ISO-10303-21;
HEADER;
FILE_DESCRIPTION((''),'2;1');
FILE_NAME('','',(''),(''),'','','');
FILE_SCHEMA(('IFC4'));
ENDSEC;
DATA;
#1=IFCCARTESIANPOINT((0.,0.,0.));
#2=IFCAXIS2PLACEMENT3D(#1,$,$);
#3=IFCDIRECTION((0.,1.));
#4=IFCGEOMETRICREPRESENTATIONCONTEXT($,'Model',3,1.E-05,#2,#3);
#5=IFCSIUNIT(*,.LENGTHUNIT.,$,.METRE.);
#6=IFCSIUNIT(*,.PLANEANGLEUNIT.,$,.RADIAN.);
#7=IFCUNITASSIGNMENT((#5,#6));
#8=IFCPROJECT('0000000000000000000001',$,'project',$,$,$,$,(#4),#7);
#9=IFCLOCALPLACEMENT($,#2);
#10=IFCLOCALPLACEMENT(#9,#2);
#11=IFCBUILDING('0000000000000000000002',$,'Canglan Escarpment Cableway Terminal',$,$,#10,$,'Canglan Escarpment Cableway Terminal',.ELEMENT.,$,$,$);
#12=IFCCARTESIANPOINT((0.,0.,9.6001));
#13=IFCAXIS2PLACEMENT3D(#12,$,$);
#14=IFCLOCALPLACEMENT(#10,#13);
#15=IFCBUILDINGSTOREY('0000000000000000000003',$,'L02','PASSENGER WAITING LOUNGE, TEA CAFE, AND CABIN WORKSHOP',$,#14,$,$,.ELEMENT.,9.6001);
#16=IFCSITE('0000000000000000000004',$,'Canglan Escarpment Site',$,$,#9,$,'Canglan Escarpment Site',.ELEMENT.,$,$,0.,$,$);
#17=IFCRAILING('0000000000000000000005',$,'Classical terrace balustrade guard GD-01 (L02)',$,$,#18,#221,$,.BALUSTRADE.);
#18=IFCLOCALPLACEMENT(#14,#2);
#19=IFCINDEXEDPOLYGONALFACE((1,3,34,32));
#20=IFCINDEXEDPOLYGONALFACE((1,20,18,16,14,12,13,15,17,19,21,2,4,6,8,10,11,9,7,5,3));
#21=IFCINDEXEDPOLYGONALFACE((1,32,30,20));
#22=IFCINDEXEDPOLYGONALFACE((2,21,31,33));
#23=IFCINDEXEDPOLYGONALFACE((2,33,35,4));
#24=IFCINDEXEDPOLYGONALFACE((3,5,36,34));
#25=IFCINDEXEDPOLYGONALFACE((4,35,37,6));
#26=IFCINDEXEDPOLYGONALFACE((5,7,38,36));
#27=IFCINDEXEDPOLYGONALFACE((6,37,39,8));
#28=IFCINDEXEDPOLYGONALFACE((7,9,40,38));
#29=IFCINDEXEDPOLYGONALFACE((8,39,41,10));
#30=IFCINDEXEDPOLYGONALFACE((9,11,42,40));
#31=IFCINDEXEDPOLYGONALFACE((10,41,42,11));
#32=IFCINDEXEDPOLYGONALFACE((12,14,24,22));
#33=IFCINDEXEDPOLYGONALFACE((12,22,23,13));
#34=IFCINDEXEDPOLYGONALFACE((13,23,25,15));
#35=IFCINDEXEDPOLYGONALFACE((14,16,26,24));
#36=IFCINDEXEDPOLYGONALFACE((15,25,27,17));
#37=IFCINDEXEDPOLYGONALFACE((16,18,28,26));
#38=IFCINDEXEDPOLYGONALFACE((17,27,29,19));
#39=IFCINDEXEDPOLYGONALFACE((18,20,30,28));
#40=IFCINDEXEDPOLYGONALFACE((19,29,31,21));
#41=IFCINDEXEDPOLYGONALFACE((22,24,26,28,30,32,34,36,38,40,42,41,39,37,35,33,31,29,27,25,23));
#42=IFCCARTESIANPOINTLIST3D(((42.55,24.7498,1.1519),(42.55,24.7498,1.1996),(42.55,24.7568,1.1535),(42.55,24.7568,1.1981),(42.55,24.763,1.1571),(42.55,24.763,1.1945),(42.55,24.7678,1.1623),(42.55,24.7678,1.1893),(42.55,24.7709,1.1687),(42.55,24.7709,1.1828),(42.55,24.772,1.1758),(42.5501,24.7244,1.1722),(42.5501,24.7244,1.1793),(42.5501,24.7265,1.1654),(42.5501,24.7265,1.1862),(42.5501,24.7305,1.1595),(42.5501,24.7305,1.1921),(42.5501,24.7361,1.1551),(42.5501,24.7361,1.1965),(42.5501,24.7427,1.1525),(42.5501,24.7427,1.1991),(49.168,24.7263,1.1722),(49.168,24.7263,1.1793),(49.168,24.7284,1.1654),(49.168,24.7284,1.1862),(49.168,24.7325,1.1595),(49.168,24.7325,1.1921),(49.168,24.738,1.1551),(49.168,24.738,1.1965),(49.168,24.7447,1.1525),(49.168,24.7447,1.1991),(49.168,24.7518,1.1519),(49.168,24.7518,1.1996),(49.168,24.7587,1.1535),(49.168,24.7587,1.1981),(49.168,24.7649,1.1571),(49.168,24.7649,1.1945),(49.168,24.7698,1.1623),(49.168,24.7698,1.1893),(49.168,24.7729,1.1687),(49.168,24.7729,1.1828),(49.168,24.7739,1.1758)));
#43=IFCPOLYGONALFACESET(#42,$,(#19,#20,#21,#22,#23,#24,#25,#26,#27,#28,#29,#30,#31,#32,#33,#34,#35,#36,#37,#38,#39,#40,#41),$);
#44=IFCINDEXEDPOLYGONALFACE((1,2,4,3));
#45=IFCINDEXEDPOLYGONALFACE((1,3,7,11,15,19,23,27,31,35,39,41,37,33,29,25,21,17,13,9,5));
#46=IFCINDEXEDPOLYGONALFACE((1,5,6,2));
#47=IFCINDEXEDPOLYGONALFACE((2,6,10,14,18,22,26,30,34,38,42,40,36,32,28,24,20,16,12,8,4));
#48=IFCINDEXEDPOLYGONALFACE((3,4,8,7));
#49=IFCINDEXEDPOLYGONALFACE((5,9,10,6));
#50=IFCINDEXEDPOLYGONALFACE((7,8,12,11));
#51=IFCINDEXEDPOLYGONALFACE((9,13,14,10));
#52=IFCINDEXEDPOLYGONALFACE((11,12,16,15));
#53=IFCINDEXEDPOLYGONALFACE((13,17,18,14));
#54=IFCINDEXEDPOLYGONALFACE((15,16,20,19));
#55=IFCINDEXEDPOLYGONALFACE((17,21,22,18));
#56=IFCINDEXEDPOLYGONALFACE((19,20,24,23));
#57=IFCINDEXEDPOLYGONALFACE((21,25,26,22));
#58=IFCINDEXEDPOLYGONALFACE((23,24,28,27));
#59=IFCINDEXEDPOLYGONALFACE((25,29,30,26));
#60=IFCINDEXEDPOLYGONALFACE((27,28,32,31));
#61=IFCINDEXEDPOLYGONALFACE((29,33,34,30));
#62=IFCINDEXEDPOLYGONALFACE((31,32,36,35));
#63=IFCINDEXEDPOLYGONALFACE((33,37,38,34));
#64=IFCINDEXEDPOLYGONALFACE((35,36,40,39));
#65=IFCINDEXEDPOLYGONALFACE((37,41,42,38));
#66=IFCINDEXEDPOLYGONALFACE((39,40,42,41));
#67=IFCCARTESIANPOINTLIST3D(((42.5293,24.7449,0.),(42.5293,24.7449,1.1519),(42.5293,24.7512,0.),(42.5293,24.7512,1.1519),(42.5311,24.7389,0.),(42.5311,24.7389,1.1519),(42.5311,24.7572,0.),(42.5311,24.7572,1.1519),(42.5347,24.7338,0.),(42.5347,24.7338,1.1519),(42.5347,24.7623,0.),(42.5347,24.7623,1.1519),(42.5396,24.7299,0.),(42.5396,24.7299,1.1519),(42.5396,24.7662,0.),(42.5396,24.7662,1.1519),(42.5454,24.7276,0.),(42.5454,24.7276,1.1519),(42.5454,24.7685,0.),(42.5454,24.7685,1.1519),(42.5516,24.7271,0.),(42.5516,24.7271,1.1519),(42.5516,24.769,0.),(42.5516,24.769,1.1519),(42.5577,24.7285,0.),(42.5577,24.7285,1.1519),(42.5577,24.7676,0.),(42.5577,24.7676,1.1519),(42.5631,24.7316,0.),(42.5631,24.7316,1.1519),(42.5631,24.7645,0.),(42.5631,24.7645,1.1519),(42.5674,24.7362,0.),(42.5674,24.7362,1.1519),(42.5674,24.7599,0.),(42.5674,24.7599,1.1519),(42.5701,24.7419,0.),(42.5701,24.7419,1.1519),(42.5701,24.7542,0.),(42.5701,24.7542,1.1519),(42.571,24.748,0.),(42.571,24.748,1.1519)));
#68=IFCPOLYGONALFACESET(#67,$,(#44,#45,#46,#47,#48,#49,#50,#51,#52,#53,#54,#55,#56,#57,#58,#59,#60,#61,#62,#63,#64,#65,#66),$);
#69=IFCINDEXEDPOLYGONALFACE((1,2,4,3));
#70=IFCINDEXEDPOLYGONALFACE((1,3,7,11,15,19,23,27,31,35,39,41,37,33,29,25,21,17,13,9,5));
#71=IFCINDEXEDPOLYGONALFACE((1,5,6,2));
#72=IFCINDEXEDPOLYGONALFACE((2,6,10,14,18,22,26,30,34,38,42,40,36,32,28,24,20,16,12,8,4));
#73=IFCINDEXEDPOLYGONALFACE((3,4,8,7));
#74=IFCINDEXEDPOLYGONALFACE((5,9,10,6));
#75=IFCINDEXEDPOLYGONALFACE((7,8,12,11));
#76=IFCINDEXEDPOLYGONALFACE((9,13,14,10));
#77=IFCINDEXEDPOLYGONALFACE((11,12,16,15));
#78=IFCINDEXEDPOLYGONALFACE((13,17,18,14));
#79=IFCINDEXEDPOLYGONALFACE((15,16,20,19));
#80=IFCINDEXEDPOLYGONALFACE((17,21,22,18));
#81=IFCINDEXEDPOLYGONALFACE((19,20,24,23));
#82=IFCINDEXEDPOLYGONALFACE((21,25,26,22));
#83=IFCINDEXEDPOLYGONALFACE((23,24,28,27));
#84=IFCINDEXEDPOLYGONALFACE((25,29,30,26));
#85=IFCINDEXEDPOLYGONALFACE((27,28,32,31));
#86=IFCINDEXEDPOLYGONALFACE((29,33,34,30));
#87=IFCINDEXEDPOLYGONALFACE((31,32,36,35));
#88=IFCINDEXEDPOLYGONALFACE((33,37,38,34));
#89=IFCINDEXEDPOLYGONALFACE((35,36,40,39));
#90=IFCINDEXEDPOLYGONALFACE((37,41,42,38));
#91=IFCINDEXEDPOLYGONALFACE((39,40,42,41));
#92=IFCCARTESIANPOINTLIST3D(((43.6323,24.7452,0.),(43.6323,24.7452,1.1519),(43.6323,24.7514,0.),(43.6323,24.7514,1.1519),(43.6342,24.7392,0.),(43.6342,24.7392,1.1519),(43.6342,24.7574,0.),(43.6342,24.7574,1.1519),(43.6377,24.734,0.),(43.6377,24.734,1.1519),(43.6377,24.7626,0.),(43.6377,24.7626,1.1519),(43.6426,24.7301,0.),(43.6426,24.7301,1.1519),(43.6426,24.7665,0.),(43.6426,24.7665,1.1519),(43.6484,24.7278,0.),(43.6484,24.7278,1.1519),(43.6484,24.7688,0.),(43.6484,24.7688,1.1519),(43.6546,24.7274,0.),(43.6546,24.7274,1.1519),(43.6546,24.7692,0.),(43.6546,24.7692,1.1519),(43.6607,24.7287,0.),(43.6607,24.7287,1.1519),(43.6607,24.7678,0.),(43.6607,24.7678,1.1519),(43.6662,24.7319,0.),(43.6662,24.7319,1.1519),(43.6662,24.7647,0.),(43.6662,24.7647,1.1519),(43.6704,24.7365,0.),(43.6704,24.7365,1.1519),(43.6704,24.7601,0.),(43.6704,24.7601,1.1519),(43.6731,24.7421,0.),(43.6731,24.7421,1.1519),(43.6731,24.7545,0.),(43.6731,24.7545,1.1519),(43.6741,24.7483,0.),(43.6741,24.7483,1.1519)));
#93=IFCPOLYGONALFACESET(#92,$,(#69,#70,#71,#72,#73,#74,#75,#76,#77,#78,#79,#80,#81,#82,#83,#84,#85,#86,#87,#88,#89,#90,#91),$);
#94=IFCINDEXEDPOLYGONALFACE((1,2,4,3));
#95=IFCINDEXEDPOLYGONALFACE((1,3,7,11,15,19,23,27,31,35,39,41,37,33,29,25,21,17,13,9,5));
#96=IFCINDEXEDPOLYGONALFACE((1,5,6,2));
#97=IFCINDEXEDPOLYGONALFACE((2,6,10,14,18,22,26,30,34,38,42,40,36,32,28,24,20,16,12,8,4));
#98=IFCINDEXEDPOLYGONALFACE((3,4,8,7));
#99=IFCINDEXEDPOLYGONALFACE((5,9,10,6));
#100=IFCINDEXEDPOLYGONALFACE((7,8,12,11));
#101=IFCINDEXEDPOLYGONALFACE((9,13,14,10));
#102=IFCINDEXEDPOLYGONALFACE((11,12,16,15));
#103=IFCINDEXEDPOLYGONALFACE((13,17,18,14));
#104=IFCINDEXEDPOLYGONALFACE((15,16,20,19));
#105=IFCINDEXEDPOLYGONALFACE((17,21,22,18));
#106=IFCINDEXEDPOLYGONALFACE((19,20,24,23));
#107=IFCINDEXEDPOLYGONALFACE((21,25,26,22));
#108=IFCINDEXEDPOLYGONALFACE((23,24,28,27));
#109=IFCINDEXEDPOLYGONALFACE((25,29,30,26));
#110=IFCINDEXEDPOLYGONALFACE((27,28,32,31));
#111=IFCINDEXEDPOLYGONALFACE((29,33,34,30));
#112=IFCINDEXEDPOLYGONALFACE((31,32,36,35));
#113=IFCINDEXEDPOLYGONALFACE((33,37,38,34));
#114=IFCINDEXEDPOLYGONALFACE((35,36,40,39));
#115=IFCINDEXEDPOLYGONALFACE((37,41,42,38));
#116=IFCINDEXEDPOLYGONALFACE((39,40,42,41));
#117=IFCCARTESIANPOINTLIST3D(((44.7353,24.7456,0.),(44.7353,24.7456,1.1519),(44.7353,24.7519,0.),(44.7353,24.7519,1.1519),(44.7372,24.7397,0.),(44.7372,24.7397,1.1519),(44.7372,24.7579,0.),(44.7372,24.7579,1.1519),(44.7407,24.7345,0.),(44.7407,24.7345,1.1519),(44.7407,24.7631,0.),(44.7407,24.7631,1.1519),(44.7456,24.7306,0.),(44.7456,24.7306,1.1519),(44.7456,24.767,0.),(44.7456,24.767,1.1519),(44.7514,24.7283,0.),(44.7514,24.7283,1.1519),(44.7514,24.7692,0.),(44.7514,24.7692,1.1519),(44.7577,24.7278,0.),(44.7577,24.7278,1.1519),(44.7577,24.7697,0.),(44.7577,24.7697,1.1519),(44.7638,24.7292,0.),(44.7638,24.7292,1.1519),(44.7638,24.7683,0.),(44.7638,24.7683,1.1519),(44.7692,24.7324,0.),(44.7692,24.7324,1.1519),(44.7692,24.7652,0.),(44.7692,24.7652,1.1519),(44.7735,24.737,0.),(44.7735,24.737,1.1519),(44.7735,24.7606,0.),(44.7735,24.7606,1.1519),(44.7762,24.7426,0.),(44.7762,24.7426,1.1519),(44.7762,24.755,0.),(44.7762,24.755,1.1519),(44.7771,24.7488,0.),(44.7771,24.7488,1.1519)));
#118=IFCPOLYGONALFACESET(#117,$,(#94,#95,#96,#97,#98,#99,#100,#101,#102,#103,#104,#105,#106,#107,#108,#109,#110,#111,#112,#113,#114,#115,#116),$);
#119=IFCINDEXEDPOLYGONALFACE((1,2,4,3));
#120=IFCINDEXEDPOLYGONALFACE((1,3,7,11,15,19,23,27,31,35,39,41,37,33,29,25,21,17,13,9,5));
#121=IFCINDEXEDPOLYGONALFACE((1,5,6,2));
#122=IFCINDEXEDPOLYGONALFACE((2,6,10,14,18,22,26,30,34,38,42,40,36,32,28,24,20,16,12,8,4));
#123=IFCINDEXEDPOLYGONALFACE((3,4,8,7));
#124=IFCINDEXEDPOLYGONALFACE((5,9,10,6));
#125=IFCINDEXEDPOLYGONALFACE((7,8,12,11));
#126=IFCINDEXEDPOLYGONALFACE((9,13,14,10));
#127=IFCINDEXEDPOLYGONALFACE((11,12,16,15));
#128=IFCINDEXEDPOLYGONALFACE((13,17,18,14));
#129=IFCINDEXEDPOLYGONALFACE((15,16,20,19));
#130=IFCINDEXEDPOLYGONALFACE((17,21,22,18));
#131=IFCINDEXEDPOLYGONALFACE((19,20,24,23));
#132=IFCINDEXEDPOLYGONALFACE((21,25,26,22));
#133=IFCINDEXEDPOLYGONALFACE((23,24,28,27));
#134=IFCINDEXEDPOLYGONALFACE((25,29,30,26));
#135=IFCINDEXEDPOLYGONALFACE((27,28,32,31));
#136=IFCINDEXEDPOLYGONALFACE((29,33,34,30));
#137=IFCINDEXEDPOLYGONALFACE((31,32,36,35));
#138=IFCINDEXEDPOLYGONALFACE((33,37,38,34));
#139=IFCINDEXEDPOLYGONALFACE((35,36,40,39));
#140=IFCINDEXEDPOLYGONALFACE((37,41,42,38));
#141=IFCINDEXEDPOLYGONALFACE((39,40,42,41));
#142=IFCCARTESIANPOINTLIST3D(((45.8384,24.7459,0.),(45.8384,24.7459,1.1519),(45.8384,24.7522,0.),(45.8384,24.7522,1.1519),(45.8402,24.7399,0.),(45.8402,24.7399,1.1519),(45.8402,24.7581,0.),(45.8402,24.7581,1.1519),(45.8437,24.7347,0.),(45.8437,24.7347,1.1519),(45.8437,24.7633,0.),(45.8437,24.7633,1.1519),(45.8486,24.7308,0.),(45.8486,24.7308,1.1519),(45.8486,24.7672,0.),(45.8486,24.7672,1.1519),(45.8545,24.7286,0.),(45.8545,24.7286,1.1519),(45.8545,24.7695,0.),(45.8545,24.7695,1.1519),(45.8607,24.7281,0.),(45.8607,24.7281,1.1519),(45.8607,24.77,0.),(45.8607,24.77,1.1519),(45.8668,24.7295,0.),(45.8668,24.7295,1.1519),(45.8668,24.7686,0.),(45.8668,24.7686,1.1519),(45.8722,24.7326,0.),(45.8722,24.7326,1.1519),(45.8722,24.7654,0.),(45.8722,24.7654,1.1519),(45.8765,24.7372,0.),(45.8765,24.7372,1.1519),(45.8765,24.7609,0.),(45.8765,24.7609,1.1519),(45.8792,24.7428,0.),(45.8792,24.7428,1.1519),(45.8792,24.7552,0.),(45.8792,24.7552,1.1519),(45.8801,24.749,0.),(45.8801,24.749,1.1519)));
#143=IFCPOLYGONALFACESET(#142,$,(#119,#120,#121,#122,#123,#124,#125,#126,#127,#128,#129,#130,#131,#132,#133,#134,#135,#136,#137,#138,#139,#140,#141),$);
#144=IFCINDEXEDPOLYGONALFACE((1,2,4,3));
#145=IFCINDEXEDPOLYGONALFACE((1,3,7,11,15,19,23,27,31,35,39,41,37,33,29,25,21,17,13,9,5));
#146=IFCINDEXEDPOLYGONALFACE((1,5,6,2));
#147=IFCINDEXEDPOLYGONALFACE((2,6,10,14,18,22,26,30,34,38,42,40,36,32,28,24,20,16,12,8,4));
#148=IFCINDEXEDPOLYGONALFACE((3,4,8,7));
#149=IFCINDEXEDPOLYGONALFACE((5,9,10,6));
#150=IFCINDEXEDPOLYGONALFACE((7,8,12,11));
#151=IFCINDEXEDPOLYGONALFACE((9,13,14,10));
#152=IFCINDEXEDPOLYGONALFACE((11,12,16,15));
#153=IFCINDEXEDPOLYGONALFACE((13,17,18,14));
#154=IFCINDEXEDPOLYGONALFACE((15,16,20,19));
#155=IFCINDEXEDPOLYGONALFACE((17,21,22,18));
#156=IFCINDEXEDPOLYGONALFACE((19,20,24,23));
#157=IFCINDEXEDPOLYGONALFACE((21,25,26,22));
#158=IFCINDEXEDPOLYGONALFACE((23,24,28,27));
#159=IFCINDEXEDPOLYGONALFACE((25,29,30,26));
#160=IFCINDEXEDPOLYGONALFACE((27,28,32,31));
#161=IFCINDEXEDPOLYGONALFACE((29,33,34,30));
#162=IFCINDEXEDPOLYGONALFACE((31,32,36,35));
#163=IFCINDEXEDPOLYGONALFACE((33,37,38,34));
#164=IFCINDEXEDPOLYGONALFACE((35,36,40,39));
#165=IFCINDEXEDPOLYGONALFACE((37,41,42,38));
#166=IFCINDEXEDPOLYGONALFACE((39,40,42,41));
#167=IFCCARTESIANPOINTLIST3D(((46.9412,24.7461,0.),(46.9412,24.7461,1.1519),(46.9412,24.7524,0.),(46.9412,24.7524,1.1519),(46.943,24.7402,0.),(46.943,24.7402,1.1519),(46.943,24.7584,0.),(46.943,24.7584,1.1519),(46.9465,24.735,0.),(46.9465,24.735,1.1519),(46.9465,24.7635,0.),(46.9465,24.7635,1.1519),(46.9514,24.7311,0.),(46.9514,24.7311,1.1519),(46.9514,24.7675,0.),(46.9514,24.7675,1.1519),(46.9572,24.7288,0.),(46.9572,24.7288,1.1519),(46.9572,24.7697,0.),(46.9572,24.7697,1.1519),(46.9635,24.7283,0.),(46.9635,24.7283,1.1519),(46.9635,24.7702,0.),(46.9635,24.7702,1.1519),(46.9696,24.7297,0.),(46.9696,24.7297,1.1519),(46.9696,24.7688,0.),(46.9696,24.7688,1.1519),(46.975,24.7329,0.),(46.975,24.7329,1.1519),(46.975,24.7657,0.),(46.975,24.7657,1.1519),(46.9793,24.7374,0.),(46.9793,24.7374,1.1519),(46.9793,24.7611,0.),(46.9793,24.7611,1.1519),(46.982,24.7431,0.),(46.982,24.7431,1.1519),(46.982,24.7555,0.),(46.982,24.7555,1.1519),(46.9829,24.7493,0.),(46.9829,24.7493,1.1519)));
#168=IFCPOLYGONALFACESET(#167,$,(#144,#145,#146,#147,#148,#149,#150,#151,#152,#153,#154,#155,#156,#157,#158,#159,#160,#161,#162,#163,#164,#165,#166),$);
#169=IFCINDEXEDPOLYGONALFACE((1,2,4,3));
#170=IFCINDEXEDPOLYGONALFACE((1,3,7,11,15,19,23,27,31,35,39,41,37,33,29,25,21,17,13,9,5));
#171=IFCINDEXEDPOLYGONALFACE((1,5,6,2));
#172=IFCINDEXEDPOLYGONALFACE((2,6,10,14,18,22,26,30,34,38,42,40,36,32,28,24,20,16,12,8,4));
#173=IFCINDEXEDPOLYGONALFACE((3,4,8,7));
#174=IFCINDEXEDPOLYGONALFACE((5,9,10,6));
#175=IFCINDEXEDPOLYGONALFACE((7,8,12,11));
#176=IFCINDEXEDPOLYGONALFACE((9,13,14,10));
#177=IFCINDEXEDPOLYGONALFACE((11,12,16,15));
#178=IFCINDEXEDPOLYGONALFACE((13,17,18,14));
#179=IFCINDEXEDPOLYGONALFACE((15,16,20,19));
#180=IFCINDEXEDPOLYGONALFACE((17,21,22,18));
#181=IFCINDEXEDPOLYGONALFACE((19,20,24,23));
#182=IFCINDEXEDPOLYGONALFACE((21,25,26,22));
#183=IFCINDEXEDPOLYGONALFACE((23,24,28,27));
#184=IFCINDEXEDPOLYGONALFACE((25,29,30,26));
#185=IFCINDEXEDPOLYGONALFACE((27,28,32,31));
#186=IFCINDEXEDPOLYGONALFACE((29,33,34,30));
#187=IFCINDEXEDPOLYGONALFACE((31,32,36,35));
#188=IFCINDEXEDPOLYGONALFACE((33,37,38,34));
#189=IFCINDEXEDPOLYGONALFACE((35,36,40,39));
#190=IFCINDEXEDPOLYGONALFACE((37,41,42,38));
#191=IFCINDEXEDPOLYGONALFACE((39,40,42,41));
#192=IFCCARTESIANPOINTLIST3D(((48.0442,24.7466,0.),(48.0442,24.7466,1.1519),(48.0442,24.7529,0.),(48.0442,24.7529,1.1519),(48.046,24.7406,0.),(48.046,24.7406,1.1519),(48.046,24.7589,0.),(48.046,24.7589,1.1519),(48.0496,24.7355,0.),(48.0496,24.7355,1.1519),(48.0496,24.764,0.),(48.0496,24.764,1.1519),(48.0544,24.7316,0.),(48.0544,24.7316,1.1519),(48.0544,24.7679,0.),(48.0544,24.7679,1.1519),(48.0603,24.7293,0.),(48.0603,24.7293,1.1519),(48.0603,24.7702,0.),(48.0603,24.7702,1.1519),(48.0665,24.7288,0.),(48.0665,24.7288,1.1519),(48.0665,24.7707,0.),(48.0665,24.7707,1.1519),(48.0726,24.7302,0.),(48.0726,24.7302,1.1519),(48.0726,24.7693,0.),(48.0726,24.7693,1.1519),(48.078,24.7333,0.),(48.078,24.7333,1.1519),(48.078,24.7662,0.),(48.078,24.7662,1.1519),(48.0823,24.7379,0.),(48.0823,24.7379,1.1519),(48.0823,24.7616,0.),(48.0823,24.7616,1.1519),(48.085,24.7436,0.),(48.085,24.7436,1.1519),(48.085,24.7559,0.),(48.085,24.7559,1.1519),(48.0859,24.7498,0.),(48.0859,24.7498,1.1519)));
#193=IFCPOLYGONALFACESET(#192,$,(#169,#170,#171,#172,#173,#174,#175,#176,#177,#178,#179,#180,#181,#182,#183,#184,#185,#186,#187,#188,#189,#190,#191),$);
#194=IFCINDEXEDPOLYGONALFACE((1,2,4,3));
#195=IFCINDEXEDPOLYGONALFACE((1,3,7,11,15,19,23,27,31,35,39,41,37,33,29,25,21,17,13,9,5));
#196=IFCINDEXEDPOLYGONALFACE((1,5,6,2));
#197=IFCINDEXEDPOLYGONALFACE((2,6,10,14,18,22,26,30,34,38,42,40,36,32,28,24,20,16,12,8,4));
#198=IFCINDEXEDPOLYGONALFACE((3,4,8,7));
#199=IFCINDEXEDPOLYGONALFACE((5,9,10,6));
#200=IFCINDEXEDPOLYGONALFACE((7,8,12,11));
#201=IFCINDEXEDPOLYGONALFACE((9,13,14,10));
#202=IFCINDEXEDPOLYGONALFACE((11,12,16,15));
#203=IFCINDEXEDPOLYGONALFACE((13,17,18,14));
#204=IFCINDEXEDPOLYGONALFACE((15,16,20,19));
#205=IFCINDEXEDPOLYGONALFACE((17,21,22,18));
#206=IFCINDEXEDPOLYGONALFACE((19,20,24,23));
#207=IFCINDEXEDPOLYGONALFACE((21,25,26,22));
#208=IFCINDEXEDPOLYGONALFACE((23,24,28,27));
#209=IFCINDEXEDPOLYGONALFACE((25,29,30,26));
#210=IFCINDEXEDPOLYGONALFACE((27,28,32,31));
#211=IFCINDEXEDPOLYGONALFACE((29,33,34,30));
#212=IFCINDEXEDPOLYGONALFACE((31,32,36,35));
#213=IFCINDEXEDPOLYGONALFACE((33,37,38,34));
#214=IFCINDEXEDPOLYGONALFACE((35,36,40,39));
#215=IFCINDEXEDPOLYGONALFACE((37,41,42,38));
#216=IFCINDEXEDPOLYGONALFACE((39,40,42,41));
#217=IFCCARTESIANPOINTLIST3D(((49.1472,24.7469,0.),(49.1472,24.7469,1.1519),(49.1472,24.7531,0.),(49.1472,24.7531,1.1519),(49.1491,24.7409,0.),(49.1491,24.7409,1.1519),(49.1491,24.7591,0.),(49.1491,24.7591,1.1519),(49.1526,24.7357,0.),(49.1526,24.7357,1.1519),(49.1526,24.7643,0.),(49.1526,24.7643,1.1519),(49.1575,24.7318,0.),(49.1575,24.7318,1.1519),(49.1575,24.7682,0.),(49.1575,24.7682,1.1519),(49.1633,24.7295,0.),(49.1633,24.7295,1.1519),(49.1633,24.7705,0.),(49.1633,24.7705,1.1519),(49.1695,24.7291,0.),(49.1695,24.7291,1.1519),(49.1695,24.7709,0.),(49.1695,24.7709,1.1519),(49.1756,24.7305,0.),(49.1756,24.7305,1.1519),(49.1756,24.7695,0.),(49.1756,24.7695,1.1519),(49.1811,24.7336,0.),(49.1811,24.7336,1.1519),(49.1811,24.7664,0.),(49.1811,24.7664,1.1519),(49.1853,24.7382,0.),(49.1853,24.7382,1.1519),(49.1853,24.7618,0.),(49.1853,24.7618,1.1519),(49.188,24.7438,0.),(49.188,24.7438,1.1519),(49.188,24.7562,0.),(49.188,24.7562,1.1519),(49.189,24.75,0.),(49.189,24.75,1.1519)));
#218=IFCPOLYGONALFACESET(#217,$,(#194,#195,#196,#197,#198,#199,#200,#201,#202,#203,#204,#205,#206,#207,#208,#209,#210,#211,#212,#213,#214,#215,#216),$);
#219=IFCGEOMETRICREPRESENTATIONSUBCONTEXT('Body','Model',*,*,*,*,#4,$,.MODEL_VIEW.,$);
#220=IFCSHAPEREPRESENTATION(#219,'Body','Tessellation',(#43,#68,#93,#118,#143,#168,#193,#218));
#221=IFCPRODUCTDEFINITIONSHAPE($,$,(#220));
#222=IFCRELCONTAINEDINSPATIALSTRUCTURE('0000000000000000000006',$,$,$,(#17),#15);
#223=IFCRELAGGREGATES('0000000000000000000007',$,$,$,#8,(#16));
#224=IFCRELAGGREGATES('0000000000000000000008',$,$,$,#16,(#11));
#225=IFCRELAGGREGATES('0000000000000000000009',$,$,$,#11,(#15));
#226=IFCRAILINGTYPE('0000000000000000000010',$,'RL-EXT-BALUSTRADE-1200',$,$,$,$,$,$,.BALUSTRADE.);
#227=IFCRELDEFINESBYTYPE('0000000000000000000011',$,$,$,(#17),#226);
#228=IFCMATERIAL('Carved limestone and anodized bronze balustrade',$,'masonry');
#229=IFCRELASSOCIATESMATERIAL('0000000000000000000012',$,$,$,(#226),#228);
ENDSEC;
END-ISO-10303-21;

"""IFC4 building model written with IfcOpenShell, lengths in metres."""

from ifc_helpers import new_model, si_unit, direction, frame, origin, origin_2d, place, context, subcontext, project, spatial, circle, extrude, material, type_object, element, save


model = new_model("IFC4")

# Units and contexts
model_context = context("Model", 3, precision=1e-05, world=origin(), true_north=direction((0.0, 1.0)))
body_context = subcontext(model_context, "Body", "Model", "MODEL_VIEW")
ifc_project = project(units=[si_unit("LENGTHUNIT", "METRE"), si_unit("PLANEANGLEUNIT", "RADIAN")], contexts=[model_context])

# Site, building, storey
site_placement = place(None, origin())
site = spatial("IfcSite", under=ifc_project, at=site_placement, Name="Canglan Escarpment Site", LongName="Canglan Escarpment Site", CompositionType="ELEMENT", RefElevation=0.0)
building_placement = place(site_placement, origin())
building = spatial("IfcBuilding", under=site, at=building_placement, Name="Canglan Escarpment Cableway Terminal", LongName="Canglan Escarpment Cableway Terminal", CompositionType="ELEMENT")
storey_placement = place(building_placement, frame((0.0, 0.0, 9.6001)))
storey = spatial("IfcBuildingStorey", under=building, at=storey_placement, Name="L02", Description="PASSENGER WAITING LOUNGE, TEA CAFE, AND CABIN WORKSHOP", CompositionType="ELEMENT", Elevation=9.6001)

# Railing
ifc_material_1 = material(Name="Carved limestone and anodized bronze balustrade", Category="masonry")
railing_type = type_object("IfcRailingType", Name="RL-EXT-BALUSTRADE-1200", PredefinedType="BALUSTRADE", material=ifc_material_1)
railing_1_placement = place(storey_placement, frame((42.55, 24.748, 0.0)))
element("IfcRailing", 1, at=railing_1_placement, inside=storey, type_object=railing_type, Name="Classical terrace balustrade guard GD-01 (L02)", PredefinedType="BALUSTRADE", context=body_context, shape_type="SweptSolid", body=[
    extrude(circle(Radius=0.0239, at=origin_2d()), frame((0.0, 0.0, 1.1758), z_axis=(1.0, 0.000295, 0.0), x_axis=(-0.000295, 1.0, 0.0)), (0.0, 0.0, 1.0), 6.6179),
    extrude(circle(Radius=0.021, at=origin_2d()), origin(), (0.0, 0.0, 1.0), 1.1519),
    extrude(circle(Radius=0.021, at=origin_2d()), frame((1.103, 0.0002, 0.0)), (0.0, 0.0, 1.0), 1.1519),
    extrude(circle(Radius=0.021, at=origin_2d()), frame((2.2061, 0.0007, 0.0)), (0.0, 0.0, 1.0), 1.1519),
    extrude(circle(Radius=0.021, at=origin_2d()), frame((3.3091, 0.001, 0.0)), (0.0, 0.0, 1.0), 1.1519),
    extrude(circle(Radius=0.021, at=origin_2d()), frame((4.4119, 0.0012, 0.0)), (0.0, 0.0, 1.0), 1.1519),
    extrude(circle(Radius=0.021, at=origin_2d()), frame((5.5149, 0.0017, 0.0)), (0.0, 0.0, 1.0), 1.1519),
    extrude(circle(Radius=0.021, at=origin_2d()), frame((6.6179, 0.002, 0.0)), (0.0, 0.0, 1.0), 1.1519),
])

save(model, "model.ifc")
